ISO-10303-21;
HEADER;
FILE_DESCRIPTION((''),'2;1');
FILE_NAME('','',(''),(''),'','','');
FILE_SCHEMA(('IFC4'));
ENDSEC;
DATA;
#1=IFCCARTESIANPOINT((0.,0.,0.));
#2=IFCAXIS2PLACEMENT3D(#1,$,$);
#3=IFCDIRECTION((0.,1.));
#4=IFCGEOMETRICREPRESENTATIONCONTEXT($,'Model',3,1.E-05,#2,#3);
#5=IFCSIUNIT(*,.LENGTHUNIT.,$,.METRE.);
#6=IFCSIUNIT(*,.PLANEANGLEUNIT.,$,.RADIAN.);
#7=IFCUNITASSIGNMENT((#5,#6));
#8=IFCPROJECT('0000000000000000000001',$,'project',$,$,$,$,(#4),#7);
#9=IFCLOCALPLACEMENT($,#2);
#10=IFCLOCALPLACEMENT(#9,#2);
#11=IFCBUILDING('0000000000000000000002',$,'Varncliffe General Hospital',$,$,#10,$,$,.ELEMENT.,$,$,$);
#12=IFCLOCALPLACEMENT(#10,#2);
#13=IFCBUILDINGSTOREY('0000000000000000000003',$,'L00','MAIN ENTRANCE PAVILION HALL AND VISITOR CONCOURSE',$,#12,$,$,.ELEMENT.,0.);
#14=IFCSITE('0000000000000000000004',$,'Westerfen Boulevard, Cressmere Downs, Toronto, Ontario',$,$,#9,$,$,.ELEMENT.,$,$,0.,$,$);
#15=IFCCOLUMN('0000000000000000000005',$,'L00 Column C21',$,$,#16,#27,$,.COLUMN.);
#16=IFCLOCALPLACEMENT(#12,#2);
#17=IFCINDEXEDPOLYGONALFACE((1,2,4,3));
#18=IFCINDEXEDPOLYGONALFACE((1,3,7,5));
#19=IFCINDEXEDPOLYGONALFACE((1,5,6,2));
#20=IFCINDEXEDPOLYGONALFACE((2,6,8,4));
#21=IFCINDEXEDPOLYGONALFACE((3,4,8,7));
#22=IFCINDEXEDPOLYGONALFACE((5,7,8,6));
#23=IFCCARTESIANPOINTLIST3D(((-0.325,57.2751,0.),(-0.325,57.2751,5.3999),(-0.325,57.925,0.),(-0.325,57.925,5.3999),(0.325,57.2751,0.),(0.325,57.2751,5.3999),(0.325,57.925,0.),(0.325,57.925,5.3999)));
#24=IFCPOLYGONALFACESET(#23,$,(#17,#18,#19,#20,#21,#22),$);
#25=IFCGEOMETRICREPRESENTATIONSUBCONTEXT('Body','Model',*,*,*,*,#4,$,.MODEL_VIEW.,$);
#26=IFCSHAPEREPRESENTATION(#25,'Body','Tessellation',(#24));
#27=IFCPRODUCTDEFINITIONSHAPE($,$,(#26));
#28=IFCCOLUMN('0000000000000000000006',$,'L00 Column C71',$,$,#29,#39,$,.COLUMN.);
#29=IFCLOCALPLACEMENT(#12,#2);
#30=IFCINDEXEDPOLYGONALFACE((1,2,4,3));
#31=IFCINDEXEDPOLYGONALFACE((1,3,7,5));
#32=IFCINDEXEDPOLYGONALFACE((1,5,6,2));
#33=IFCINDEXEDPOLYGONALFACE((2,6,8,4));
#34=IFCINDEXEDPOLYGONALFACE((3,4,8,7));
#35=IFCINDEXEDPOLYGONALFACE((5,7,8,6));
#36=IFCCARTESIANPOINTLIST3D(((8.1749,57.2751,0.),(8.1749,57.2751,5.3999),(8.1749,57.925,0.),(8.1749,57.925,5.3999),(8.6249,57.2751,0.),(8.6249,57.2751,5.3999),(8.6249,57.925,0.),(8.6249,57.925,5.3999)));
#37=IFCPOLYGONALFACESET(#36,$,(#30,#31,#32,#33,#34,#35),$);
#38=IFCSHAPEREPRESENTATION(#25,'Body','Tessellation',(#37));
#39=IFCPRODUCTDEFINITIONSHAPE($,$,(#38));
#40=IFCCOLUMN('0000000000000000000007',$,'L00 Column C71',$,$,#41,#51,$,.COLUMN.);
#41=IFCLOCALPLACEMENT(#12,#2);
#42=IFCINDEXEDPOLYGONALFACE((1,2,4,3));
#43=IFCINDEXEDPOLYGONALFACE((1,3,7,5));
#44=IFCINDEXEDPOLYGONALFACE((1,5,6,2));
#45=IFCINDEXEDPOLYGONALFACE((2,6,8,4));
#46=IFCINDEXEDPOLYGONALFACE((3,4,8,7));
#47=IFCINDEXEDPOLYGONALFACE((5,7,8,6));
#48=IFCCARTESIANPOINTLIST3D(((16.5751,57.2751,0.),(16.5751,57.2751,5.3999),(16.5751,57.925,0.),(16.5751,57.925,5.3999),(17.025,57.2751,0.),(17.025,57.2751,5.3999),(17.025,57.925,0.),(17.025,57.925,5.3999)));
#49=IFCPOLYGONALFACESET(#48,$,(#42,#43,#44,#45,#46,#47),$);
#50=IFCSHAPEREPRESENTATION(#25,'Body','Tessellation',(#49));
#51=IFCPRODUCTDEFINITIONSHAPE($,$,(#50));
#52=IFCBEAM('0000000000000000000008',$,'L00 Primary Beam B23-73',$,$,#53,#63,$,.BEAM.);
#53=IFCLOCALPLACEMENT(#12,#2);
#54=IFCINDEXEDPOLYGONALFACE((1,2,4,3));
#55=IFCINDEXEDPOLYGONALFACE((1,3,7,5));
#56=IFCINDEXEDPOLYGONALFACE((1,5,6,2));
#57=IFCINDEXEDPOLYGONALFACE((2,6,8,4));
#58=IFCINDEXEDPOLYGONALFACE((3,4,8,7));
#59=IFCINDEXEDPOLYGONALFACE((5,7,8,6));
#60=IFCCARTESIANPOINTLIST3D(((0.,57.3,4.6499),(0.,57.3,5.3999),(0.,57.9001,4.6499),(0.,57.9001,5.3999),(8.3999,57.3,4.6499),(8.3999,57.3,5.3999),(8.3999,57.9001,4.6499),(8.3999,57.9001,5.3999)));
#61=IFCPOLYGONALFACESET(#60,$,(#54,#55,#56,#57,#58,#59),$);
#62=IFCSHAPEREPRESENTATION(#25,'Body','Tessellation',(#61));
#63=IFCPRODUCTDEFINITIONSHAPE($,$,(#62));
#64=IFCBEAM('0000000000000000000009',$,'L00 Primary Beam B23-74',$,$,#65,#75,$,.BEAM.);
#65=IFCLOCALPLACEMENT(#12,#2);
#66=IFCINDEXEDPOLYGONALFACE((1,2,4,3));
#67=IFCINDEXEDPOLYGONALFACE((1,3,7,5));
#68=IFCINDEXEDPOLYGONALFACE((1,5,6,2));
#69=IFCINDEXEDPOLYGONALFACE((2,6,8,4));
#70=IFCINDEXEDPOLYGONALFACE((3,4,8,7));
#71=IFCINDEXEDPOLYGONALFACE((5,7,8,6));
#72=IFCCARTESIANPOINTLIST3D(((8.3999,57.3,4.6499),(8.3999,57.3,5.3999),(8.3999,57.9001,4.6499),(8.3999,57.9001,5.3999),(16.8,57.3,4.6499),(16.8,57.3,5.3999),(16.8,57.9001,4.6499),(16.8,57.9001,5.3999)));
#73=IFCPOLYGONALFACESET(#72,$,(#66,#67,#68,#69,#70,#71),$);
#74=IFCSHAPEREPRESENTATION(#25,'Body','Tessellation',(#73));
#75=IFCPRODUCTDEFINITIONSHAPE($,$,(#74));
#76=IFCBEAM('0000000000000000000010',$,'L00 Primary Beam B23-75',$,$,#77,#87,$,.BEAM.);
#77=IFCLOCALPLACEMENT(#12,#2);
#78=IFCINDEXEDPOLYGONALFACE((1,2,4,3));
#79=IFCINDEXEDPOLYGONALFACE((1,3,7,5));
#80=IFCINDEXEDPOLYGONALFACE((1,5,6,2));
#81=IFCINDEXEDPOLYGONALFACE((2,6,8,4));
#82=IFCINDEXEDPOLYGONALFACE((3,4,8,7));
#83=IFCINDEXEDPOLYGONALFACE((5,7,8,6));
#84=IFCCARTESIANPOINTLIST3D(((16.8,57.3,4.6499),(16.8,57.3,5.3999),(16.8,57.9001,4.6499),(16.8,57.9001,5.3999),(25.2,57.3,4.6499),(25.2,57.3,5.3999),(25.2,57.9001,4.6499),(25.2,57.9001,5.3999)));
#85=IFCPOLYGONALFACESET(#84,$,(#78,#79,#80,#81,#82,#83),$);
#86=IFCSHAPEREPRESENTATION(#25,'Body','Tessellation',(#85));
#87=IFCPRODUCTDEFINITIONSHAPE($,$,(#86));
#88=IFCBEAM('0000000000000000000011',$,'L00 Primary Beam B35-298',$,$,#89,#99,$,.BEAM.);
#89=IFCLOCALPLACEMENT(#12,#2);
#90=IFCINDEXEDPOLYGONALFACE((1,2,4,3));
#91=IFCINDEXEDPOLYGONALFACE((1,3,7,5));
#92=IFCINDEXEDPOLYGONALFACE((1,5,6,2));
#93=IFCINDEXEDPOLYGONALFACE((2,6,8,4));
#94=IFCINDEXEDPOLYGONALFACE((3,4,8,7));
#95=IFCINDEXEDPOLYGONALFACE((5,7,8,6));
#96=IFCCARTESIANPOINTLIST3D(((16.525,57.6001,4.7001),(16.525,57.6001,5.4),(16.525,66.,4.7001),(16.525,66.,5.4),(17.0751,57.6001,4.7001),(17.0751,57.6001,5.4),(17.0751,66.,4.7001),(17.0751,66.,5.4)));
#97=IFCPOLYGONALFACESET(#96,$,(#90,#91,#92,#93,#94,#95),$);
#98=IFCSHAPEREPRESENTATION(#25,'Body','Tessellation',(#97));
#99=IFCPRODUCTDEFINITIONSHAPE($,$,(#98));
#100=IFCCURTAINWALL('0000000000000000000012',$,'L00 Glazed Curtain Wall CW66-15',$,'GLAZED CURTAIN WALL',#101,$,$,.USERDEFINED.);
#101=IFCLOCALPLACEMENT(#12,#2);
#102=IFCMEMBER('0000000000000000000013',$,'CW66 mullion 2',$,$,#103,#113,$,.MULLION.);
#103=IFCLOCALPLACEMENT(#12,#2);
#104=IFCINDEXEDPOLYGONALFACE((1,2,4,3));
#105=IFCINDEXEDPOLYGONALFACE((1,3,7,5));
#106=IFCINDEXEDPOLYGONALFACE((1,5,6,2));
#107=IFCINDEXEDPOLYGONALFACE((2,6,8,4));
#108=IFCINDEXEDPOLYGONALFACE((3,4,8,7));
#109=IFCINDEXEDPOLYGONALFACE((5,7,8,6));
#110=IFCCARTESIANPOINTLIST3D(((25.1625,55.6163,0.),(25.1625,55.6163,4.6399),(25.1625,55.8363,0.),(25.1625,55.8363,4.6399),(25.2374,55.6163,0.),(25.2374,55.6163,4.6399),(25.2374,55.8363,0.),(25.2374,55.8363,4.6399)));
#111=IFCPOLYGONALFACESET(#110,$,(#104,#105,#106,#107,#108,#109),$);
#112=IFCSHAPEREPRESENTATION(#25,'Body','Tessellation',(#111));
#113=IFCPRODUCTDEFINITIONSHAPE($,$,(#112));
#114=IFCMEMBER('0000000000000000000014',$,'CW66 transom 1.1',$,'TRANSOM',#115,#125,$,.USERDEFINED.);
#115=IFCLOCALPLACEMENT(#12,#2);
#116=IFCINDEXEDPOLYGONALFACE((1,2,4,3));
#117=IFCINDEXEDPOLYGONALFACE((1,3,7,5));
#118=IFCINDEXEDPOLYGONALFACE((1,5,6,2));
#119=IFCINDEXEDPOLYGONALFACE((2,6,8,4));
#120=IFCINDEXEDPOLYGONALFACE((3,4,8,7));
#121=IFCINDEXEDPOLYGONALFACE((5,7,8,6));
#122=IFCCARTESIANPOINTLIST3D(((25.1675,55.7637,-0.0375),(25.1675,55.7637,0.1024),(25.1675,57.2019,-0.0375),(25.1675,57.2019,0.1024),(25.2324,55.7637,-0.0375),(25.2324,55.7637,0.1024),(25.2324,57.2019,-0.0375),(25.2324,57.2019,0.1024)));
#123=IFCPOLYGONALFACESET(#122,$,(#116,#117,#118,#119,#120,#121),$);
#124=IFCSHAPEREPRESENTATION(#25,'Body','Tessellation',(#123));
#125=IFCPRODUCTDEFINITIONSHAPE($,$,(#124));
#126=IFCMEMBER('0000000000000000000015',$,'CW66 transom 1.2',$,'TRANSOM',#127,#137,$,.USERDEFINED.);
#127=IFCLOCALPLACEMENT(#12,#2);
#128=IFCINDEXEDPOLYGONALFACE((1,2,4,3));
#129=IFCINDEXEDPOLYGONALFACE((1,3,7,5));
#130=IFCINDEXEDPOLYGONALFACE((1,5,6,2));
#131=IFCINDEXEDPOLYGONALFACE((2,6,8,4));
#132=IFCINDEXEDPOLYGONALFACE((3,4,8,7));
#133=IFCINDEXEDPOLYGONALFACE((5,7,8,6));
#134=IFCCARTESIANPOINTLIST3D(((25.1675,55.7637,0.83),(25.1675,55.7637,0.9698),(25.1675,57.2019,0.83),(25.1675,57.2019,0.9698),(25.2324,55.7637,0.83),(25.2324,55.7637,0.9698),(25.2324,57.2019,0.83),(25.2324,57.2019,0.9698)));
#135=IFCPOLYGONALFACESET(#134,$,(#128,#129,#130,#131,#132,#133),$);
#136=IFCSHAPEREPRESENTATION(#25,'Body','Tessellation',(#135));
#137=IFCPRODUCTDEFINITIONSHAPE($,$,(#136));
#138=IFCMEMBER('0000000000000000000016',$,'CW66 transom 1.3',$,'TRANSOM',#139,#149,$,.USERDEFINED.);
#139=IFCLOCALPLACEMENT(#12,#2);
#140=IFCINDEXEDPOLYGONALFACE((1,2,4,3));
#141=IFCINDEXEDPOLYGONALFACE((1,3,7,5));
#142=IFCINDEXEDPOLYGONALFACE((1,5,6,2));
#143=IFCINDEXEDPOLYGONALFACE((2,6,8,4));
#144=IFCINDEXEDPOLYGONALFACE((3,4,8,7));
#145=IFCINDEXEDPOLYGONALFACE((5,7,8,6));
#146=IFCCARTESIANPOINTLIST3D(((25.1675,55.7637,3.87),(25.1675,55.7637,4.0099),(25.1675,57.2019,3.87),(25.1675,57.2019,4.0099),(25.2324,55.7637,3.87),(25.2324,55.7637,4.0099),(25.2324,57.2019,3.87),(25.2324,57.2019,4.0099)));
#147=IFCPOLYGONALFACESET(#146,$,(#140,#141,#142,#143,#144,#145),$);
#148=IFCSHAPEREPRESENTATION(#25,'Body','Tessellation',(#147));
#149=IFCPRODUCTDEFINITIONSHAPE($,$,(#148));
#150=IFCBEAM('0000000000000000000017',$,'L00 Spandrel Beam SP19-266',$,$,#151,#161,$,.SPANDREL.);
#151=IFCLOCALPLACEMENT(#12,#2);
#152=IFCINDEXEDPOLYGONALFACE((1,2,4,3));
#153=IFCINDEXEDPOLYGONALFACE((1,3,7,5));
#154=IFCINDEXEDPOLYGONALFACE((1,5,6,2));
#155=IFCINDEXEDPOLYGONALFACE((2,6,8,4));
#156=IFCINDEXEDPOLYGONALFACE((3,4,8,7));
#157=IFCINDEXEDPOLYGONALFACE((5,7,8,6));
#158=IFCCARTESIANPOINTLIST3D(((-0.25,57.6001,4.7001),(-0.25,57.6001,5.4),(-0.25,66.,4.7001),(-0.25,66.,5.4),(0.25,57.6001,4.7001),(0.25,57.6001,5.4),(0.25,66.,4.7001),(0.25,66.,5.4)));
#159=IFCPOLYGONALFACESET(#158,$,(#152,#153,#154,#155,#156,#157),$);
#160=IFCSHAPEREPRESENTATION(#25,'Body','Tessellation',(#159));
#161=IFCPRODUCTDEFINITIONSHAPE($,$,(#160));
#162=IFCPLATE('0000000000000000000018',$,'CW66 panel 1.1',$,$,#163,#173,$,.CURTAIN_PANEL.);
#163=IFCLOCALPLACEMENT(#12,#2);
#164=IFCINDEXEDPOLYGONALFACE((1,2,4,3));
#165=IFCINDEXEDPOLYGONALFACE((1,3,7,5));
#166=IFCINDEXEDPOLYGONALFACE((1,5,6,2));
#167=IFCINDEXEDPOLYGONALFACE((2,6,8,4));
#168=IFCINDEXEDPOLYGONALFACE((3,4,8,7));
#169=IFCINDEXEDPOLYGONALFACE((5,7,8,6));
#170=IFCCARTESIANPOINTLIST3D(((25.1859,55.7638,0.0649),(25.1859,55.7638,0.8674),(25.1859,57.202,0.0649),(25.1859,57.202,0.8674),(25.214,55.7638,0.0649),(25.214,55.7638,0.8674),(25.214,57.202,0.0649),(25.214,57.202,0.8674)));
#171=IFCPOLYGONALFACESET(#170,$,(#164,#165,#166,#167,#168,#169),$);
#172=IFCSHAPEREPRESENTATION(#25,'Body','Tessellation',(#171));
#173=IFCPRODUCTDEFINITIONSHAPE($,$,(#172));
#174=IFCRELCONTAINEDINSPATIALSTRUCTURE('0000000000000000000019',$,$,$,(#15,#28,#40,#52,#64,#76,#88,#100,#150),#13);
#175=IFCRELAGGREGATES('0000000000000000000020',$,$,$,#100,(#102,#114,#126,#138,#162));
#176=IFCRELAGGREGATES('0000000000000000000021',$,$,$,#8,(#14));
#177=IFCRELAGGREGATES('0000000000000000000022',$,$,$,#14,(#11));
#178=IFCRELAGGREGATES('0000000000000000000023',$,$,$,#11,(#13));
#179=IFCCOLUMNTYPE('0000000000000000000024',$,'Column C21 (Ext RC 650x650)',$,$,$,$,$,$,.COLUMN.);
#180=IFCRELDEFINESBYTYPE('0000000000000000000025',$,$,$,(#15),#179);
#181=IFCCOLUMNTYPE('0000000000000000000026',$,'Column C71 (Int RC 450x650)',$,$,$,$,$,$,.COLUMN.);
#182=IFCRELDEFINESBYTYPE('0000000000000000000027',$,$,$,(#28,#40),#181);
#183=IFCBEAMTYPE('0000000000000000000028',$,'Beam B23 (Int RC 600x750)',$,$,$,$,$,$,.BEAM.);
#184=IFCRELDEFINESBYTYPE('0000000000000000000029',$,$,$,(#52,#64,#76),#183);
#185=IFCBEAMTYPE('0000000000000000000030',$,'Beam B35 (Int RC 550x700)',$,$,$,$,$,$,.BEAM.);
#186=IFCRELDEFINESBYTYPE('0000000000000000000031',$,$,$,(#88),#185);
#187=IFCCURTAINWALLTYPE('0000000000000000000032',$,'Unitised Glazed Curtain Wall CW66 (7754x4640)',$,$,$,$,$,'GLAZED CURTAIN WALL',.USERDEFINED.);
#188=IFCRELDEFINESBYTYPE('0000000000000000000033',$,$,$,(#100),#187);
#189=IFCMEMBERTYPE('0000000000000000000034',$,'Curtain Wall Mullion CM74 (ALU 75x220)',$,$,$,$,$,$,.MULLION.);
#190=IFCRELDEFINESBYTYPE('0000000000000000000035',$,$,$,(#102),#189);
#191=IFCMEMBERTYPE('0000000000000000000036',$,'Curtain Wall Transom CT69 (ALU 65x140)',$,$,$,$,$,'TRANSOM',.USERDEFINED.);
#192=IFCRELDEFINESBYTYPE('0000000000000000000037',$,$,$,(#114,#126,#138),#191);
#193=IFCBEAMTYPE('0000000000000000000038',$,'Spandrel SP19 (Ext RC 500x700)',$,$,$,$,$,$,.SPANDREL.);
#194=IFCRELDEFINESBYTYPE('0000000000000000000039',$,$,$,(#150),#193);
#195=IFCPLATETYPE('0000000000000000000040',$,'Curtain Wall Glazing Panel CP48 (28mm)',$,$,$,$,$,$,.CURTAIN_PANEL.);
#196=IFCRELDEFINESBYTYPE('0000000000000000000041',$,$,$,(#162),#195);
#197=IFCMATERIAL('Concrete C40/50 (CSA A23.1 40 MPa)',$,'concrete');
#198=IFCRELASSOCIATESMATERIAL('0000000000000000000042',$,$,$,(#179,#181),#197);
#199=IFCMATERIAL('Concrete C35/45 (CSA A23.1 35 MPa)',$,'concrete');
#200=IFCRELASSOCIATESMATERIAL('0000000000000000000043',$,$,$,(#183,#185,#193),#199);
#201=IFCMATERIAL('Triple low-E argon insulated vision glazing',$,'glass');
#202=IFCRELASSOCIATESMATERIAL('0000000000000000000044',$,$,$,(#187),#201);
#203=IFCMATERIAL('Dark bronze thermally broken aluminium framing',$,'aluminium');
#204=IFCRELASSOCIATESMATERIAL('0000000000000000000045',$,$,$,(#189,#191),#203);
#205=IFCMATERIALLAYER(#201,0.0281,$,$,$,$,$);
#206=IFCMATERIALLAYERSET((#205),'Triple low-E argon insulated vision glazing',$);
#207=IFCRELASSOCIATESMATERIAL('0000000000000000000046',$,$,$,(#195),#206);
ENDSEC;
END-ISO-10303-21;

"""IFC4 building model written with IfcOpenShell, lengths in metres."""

from ifc_helpers import new_model, si_unit, direction, frame, origin, origin_2d, place, context, subcontext, project, spatial, rectangle, extrude, material, layer, layer_set, material_profile, profile_set, type_object, element, aggregate, save


model = new_model("IFC4")

# Units and contexts
model_context = context("Model", 3, precision=1e-05, world=origin(), true_north=direction((0.0, 1.0)))
body_context = subcontext(model_context, "Body", "Model", "MODEL_VIEW")
ifc_project = project(units=[si_unit("LENGTHUNIT", "METRE"), si_unit("PLANEANGLEUNIT", "RADIAN")], contexts=[model_context])

# Site, building, storey
site_placement = place(None, origin())
site = spatial("IfcSite", under=ifc_project, at=site_placement, Name="Westerfen Boulevard, Cressmere Downs, Toronto, Ontario", CompositionType="ELEMENT", RefElevation=0.0)
building_placement = place(site_placement, origin())
building = spatial("IfcBuilding", under=site, at=building_placement, Name="Varncliffe General Hospital", CompositionType="ELEMENT")
storey_placement = place(building_placement, origin())
storey = spatial("IfcBuildingStorey", under=building, at=storey_placement, Name="L00", Description="MAIN ENTRANCE PAVILION HALL AND VISITOR CONCOURSE", CompositionType="ELEMENT", Elevation=0.0)

# Columns
ifc_material_1 = material(Name="Concrete C40/50 (CSA A23.1 40 MPa)", Category="concrete")
ifc_material_profile_1 = material_profile(ifc_material_1, rectangle(XDim=0.6499, YDim=0.6499, at=origin_2d()), Name="RC 650x650")
ifc_profile_set_1 = profile_set([ifc_material_profile_1], Name="Concrete C40/50 (CSA A23.1 40 MPa)")
column_type_1 = type_object("IfcColumnType", Name="Column C21 (Ext RC 650x650)", PredefinedType="COLUMN", material=ifc_profile_set_1)
column_placement = place(storey_placement, frame((0.0, 57.6001, 0.0), z_axis=(0.0, 0.0, 1.0), x_axis=(1.0, 0.0, 0.0)))
element("IfcColumn", 1, at=column_placement, inside=storey, type_object=column_type_1, Name="L00 Column C21", PredefinedType="COLUMN", context=body_context, shape_type="SweptSolid", body=[
    extrude(rectangle(XDim=0.6499, YDim=0.6499, at=origin_2d()), origin(), (0.0, 0.0, 1.0), 5.3999),
])
ifc_material_profile_2 = material_profile(ifc_material_1, rectangle(XDim=0.45, YDim=0.6499, at=origin_2d()), Name="RC 450x650")
ifc_profile_set_2 = profile_set([ifc_material_profile_2], Name="Concrete C40/50 (CSA A23.1 40 MPa)")
column_type_2 = type_object("IfcColumnType", Name="Column C71 (Int RC 450x650)", PredefinedType="COLUMN", material=ifc_profile_set_2)
for number, where, z_axis, x_axis, name in (
    (2, (8.3999, 57.6001, 0.0), (0.0, 0.0, 1.0), (1.0, 0.0, 0.0), "L00 Column C71"),
    (3, (16.8, 57.6001, 0.0), (0.0, 0.0, 1.0), (1.0, 0.0, 0.0), "L00 Column C71"),
):
    element("IfcColumn", number, at=place(storey_placement, frame(where, z_axis=z_axis, x_axis=x_axis)), inside=storey, type_object=column_type_2, Name=name, PredefinedType="COLUMN", context=body_context, shape_type="SweptSolid", body=[
        extrude(rectangle(XDim=0.45, YDim=0.6499, at=origin_2d()), origin(), (0.0, 0.0, 1.0), 5.3999),
    ])

# Beams
ifc_material_2 = material(Name="Concrete C35/45 (CSA A23.1 35 MPa)", Category="concrete")
ifc_material_profile_3 = material_profile(ifc_material_2, rectangle(XDim=0.6001, YDim=0.75, at=origin_2d()), Name="RC 600x750")
ifc_profile_set_3 = profile_set([ifc_material_profile_3], Name="Concrete C35/45 (CSA A23.1 35 MPa)")
beam_type_1 = type_object("IfcBeamType", Name="Beam B23 (Int RC 600x750)", PredefinedType="BEAM", material=ifc_profile_set_3)
beam_1_placement = place(storey_placement, frame((0.0, 57.6001, 5.0249), z_axis=(1.0, 0.0, 0.0), x_axis=(0.0, 1.0, 0.0)))
element("IfcBeam", 4, at=beam_1_placement, inside=storey, type_object=beam_type_1, Name="L00 Primary Beam B23-73", PredefinedType="BEAM", context=body_context, shape_type="SweptSolid", body=[
    extrude(rectangle(XDim=0.6001, YDim=0.75, at=origin_2d()), origin(), (0.0, 0.0, 1.0), 8.3999),
])
beam_2_placement = place(storey_placement, frame((8.3999, 57.6001, 5.0249), z_axis=(1.0, 0.0, 0.0), x_axis=(0.0, 1.0, 0.0)))
element("IfcBeam", 5, at=beam_2_placement, inside=storey, type_object=beam_type_1, Name="L00 Primary Beam B23-74", PredefinedType="BEAM", context=body_context, shape_type="SweptSolid", body=[
    extrude(rectangle(XDim=0.6001, YDim=0.75, at=origin_2d()), origin(), (0.0, 0.0, 1.0), 8.4001),
])
beam_3_placement = place(storey_placement, frame((16.8, 57.6001, 5.0249), z_axis=(1.0, 0.0, 0.0), x_axis=(0.0, 1.0, 0.0)))
element("IfcBeam", 6, at=beam_3_placement, inside=storey, type_object=beam_type_1, Name="L00 Primary Beam B23-75", PredefinedType="BEAM", context=body_context, shape_type="SweptSolid", body=[
    extrude(rectangle(XDim=0.6001, YDim=0.75, at=origin_2d()), origin(), (0.0, 0.0, 1.0), 8.3999),
])
ifc_material_profile_4 = material_profile(ifc_material_2, rectangle(XDim=0.55, YDim=0.7, at=origin_2d()), Name="RC 550x700")
ifc_profile_set_4 = profile_set([ifc_material_profile_4], Name="Concrete C35/45 (CSA A23.1 35 MPa)")
beam_type_2 = type_object("IfcBeamType", Name="Beam B35 (Int RC 550x700)", PredefinedType="BEAM", material=ifc_profile_set_4)
beam_4_placement = place(storey_placement, frame((16.8, 57.6001, 5.05), z_axis=(0.0, 1.0, 0.0), x_axis=(-1.0, 0.0, 0.0)))
element("IfcBeam", 7, at=beam_4_placement, inside=storey, type_object=beam_type_2, Name="L00 Primary Beam B35-298", PredefinedType="BEAM", context=body_context, shape_type="SweptSolid", body=[
    extrude(rectangle(XDim=0.55, YDim=0.7, at=origin_2d()), origin(), (0.0, 0.0, 1.0), 8.3999),
])

# Curtain wall, members
ifc_material_3 = material(Name="Triple low-E argon insulated vision glazing", Category="glass")
curtain_wall_type = type_object("IfcCurtainWallType", Name="Unitised Glazed Curtain Wall CW66 (7754x4640)", ElementType="GLAZED CURTAIN WALL", PredefinedType="USERDEFINED", material=ifc_material_3)
curtain_wall_placement = place(storey_placement, origin())
curtain_wall = element("IfcCurtainWall", 8, at=curtain_wall_placement, inside=storey, type_object=curtain_wall_type, Name="L00 Glazed Curtain Wall CW66-15", ObjectType="GLAZED CURTAIN WALL", PredefinedType="USERDEFINED")
ifc_material_4 = material(Name="Dark bronze thermally broken aluminium framing", Category="aluminium")
ifc_material_profile_5 = material_profile(ifc_material_4, rectangle(XDim=0.075, YDim=0.22, at=origin_2d()), Name="ALU 75x220")
ifc_profile_set_5 = profile_set([ifc_material_profile_5], Name="Dark bronze thermally broken aluminium framing")
member_type_1 = type_object("IfcMemberType", Name="Curtain Wall Mullion CM74 (ALU 75x220)", PredefinedType="MULLION", material=ifc_profile_set_5)
member_1_placement = place(storey_placement, frame((25.2, 55.7263, 0.0), z_axis=(0.0, 0.0, 1.0), x_axis=(1.0, 0.0, 0.0)))
member_1 = element("IfcMember", 9, at=member_1_placement, type_object=member_type_1, Name="CW66 mullion 2", PredefinedType="MULLION", context=body_context, shape_type="SweptSolid", body=[
    extrude(rectangle(XDim=0.075, YDim=0.22, at=origin_2d()), origin(), (0.0, 0.0, 1.0), 4.6399),
])
ifc_material_profile_6 = material_profile(ifc_material_4, rectangle(XDim=0.0649, YDim=0.1399, at=origin_2d()), Name="ALU 65x140")
ifc_profile_set_6 = profile_set([ifc_material_profile_6], Name="Dark bronze thermally broken aluminium framing")
member_type_2 = type_object("IfcMemberType", Name="Curtain Wall Transom CT69 (ALU 65x140)", ElementType="TRANSOM", PredefinedType="USERDEFINED", material=ifc_profile_set_6)
member_2_placement = place(storey_placement, frame((25.2, 57.2019, 0.0325), z_axis=(0.0, -1.0, 0.0), x_axis=(1.0, 0.0, 0.0)))
member_2 = element("IfcMember", 10, at=member_2_placement, type_object=member_type_2, Name="CW66 transom 1.1", ObjectType="TRANSOM", PredefinedType="USERDEFINED", context=body_context, shape_type="SweptSolid", body=[
    extrude(rectangle(XDim=0.0649, YDim=0.1399, at=origin_2d()), origin(), (0.0, 0.0, 1.0), 1.4382),
])
member_3_placement = place(storey_placement, frame((25.2, 57.2019, 0.8999), z_axis=(0.0, -1.0, 0.0), x_axis=(1.0, 0.0, 0.0)))
member_3 = element("IfcMember", 11, at=member_3_placement, type_object=member_type_2, Name="CW66 transom 1.2", ObjectType="TRANSOM", PredefinedType="USERDEFINED", context=body_context, shape_type="SweptSolid", body=[
    extrude(rectangle(XDim=0.0649, YDim=0.1399, at=origin_2d()), origin(), (0.0, 0.0, 1.0), 1.4382),
])
member_4_placement = place(storey_placement, frame((25.2, 57.2019, 3.9399), z_axis=(0.0, -1.0, 0.0), x_axis=(1.0, 0.0, 0.0)))
member_4 = element("IfcMember", 12, at=member_4_placement, type_object=member_type_2, Name="CW66 transom 1.3", ObjectType="TRANSOM", PredefinedType="USERDEFINED", context=body_context, shape_type="SweptSolid", body=[
    extrude(rectangle(XDim=0.0649, YDim=0.1399, at=origin_2d()), origin(), (0.0, 0.0, 1.0), 1.4382),
])

# Beam
ifc_material_profile_7 = material_profile(ifc_material_2, rectangle(XDim=0.5, YDim=0.7, at=origin_2d()), Name="RC 500x700")
ifc_profile_set_7 = profile_set([ifc_material_profile_7], Name="Concrete C35/45 (CSA A23.1 35 MPa)")
beam_type_3 = type_object("IfcBeamType", Name="Spandrel SP19 (Ext RC 500x700)", PredefinedType="SPANDREL", material=ifc_profile_set_7)
beam_5_placement = place(storey_placement, frame((0.0, 57.6001, 5.05), z_axis=(0.0, 1.0, 0.0), x_axis=(-1.0, 0.0, 0.0)))
element("IfcBeam", 13, at=beam_5_placement, inside=storey, type_object=beam_type_3, Name="L00 Spandrel Beam SP19-266", PredefinedType="SPANDREL", context=body_context, shape_type="SweptSolid", body=[
    extrude(rectangle(XDim=0.5, YDim=0.7, at=origin_2d()), origin(), (0.0, 0.0, 1.0), 8.3999),
])

# Plate
ifc_layer_1 = layer(ifc_material_3, 0.0281)
ifc_layer_set_1 = layer_set([ifc_layer_1], Name="Triple low-E argon insulated vision glazing")
plate_type = type_object("IfcPlateType", Name="Curtain Wall Glazing Panel CP48 (28mm)", PredefinedType="CURTAIN_PANEL", material=ifc_layer_set_1)
plate_1_placement = place(storey_placement, frame((25.2, 56.4829, 0.0649), z_axis=(0.0, 0.0, 1.0), x_axis=(0.0, -1.0, 0.0)))
plate_1 = element("IfcPlate", 14, at=plate_1_placement, type_object=plate_type, Name="CW66 panel 1.1", PredefinedType="CURTAIN_PANEL", context=body_context, shape_type="SweptSolid", body=[
    extrude(rectangle(XDim=1.4382, YDim=0.0281, at=origin_2d()), origin(), (0.0, 0.0, 1.0), 0.8025),
])
aggregate(curtain_wall, [member_1, member_2, member_3, member_4, plate_1])

save(model, "model.ifc")
